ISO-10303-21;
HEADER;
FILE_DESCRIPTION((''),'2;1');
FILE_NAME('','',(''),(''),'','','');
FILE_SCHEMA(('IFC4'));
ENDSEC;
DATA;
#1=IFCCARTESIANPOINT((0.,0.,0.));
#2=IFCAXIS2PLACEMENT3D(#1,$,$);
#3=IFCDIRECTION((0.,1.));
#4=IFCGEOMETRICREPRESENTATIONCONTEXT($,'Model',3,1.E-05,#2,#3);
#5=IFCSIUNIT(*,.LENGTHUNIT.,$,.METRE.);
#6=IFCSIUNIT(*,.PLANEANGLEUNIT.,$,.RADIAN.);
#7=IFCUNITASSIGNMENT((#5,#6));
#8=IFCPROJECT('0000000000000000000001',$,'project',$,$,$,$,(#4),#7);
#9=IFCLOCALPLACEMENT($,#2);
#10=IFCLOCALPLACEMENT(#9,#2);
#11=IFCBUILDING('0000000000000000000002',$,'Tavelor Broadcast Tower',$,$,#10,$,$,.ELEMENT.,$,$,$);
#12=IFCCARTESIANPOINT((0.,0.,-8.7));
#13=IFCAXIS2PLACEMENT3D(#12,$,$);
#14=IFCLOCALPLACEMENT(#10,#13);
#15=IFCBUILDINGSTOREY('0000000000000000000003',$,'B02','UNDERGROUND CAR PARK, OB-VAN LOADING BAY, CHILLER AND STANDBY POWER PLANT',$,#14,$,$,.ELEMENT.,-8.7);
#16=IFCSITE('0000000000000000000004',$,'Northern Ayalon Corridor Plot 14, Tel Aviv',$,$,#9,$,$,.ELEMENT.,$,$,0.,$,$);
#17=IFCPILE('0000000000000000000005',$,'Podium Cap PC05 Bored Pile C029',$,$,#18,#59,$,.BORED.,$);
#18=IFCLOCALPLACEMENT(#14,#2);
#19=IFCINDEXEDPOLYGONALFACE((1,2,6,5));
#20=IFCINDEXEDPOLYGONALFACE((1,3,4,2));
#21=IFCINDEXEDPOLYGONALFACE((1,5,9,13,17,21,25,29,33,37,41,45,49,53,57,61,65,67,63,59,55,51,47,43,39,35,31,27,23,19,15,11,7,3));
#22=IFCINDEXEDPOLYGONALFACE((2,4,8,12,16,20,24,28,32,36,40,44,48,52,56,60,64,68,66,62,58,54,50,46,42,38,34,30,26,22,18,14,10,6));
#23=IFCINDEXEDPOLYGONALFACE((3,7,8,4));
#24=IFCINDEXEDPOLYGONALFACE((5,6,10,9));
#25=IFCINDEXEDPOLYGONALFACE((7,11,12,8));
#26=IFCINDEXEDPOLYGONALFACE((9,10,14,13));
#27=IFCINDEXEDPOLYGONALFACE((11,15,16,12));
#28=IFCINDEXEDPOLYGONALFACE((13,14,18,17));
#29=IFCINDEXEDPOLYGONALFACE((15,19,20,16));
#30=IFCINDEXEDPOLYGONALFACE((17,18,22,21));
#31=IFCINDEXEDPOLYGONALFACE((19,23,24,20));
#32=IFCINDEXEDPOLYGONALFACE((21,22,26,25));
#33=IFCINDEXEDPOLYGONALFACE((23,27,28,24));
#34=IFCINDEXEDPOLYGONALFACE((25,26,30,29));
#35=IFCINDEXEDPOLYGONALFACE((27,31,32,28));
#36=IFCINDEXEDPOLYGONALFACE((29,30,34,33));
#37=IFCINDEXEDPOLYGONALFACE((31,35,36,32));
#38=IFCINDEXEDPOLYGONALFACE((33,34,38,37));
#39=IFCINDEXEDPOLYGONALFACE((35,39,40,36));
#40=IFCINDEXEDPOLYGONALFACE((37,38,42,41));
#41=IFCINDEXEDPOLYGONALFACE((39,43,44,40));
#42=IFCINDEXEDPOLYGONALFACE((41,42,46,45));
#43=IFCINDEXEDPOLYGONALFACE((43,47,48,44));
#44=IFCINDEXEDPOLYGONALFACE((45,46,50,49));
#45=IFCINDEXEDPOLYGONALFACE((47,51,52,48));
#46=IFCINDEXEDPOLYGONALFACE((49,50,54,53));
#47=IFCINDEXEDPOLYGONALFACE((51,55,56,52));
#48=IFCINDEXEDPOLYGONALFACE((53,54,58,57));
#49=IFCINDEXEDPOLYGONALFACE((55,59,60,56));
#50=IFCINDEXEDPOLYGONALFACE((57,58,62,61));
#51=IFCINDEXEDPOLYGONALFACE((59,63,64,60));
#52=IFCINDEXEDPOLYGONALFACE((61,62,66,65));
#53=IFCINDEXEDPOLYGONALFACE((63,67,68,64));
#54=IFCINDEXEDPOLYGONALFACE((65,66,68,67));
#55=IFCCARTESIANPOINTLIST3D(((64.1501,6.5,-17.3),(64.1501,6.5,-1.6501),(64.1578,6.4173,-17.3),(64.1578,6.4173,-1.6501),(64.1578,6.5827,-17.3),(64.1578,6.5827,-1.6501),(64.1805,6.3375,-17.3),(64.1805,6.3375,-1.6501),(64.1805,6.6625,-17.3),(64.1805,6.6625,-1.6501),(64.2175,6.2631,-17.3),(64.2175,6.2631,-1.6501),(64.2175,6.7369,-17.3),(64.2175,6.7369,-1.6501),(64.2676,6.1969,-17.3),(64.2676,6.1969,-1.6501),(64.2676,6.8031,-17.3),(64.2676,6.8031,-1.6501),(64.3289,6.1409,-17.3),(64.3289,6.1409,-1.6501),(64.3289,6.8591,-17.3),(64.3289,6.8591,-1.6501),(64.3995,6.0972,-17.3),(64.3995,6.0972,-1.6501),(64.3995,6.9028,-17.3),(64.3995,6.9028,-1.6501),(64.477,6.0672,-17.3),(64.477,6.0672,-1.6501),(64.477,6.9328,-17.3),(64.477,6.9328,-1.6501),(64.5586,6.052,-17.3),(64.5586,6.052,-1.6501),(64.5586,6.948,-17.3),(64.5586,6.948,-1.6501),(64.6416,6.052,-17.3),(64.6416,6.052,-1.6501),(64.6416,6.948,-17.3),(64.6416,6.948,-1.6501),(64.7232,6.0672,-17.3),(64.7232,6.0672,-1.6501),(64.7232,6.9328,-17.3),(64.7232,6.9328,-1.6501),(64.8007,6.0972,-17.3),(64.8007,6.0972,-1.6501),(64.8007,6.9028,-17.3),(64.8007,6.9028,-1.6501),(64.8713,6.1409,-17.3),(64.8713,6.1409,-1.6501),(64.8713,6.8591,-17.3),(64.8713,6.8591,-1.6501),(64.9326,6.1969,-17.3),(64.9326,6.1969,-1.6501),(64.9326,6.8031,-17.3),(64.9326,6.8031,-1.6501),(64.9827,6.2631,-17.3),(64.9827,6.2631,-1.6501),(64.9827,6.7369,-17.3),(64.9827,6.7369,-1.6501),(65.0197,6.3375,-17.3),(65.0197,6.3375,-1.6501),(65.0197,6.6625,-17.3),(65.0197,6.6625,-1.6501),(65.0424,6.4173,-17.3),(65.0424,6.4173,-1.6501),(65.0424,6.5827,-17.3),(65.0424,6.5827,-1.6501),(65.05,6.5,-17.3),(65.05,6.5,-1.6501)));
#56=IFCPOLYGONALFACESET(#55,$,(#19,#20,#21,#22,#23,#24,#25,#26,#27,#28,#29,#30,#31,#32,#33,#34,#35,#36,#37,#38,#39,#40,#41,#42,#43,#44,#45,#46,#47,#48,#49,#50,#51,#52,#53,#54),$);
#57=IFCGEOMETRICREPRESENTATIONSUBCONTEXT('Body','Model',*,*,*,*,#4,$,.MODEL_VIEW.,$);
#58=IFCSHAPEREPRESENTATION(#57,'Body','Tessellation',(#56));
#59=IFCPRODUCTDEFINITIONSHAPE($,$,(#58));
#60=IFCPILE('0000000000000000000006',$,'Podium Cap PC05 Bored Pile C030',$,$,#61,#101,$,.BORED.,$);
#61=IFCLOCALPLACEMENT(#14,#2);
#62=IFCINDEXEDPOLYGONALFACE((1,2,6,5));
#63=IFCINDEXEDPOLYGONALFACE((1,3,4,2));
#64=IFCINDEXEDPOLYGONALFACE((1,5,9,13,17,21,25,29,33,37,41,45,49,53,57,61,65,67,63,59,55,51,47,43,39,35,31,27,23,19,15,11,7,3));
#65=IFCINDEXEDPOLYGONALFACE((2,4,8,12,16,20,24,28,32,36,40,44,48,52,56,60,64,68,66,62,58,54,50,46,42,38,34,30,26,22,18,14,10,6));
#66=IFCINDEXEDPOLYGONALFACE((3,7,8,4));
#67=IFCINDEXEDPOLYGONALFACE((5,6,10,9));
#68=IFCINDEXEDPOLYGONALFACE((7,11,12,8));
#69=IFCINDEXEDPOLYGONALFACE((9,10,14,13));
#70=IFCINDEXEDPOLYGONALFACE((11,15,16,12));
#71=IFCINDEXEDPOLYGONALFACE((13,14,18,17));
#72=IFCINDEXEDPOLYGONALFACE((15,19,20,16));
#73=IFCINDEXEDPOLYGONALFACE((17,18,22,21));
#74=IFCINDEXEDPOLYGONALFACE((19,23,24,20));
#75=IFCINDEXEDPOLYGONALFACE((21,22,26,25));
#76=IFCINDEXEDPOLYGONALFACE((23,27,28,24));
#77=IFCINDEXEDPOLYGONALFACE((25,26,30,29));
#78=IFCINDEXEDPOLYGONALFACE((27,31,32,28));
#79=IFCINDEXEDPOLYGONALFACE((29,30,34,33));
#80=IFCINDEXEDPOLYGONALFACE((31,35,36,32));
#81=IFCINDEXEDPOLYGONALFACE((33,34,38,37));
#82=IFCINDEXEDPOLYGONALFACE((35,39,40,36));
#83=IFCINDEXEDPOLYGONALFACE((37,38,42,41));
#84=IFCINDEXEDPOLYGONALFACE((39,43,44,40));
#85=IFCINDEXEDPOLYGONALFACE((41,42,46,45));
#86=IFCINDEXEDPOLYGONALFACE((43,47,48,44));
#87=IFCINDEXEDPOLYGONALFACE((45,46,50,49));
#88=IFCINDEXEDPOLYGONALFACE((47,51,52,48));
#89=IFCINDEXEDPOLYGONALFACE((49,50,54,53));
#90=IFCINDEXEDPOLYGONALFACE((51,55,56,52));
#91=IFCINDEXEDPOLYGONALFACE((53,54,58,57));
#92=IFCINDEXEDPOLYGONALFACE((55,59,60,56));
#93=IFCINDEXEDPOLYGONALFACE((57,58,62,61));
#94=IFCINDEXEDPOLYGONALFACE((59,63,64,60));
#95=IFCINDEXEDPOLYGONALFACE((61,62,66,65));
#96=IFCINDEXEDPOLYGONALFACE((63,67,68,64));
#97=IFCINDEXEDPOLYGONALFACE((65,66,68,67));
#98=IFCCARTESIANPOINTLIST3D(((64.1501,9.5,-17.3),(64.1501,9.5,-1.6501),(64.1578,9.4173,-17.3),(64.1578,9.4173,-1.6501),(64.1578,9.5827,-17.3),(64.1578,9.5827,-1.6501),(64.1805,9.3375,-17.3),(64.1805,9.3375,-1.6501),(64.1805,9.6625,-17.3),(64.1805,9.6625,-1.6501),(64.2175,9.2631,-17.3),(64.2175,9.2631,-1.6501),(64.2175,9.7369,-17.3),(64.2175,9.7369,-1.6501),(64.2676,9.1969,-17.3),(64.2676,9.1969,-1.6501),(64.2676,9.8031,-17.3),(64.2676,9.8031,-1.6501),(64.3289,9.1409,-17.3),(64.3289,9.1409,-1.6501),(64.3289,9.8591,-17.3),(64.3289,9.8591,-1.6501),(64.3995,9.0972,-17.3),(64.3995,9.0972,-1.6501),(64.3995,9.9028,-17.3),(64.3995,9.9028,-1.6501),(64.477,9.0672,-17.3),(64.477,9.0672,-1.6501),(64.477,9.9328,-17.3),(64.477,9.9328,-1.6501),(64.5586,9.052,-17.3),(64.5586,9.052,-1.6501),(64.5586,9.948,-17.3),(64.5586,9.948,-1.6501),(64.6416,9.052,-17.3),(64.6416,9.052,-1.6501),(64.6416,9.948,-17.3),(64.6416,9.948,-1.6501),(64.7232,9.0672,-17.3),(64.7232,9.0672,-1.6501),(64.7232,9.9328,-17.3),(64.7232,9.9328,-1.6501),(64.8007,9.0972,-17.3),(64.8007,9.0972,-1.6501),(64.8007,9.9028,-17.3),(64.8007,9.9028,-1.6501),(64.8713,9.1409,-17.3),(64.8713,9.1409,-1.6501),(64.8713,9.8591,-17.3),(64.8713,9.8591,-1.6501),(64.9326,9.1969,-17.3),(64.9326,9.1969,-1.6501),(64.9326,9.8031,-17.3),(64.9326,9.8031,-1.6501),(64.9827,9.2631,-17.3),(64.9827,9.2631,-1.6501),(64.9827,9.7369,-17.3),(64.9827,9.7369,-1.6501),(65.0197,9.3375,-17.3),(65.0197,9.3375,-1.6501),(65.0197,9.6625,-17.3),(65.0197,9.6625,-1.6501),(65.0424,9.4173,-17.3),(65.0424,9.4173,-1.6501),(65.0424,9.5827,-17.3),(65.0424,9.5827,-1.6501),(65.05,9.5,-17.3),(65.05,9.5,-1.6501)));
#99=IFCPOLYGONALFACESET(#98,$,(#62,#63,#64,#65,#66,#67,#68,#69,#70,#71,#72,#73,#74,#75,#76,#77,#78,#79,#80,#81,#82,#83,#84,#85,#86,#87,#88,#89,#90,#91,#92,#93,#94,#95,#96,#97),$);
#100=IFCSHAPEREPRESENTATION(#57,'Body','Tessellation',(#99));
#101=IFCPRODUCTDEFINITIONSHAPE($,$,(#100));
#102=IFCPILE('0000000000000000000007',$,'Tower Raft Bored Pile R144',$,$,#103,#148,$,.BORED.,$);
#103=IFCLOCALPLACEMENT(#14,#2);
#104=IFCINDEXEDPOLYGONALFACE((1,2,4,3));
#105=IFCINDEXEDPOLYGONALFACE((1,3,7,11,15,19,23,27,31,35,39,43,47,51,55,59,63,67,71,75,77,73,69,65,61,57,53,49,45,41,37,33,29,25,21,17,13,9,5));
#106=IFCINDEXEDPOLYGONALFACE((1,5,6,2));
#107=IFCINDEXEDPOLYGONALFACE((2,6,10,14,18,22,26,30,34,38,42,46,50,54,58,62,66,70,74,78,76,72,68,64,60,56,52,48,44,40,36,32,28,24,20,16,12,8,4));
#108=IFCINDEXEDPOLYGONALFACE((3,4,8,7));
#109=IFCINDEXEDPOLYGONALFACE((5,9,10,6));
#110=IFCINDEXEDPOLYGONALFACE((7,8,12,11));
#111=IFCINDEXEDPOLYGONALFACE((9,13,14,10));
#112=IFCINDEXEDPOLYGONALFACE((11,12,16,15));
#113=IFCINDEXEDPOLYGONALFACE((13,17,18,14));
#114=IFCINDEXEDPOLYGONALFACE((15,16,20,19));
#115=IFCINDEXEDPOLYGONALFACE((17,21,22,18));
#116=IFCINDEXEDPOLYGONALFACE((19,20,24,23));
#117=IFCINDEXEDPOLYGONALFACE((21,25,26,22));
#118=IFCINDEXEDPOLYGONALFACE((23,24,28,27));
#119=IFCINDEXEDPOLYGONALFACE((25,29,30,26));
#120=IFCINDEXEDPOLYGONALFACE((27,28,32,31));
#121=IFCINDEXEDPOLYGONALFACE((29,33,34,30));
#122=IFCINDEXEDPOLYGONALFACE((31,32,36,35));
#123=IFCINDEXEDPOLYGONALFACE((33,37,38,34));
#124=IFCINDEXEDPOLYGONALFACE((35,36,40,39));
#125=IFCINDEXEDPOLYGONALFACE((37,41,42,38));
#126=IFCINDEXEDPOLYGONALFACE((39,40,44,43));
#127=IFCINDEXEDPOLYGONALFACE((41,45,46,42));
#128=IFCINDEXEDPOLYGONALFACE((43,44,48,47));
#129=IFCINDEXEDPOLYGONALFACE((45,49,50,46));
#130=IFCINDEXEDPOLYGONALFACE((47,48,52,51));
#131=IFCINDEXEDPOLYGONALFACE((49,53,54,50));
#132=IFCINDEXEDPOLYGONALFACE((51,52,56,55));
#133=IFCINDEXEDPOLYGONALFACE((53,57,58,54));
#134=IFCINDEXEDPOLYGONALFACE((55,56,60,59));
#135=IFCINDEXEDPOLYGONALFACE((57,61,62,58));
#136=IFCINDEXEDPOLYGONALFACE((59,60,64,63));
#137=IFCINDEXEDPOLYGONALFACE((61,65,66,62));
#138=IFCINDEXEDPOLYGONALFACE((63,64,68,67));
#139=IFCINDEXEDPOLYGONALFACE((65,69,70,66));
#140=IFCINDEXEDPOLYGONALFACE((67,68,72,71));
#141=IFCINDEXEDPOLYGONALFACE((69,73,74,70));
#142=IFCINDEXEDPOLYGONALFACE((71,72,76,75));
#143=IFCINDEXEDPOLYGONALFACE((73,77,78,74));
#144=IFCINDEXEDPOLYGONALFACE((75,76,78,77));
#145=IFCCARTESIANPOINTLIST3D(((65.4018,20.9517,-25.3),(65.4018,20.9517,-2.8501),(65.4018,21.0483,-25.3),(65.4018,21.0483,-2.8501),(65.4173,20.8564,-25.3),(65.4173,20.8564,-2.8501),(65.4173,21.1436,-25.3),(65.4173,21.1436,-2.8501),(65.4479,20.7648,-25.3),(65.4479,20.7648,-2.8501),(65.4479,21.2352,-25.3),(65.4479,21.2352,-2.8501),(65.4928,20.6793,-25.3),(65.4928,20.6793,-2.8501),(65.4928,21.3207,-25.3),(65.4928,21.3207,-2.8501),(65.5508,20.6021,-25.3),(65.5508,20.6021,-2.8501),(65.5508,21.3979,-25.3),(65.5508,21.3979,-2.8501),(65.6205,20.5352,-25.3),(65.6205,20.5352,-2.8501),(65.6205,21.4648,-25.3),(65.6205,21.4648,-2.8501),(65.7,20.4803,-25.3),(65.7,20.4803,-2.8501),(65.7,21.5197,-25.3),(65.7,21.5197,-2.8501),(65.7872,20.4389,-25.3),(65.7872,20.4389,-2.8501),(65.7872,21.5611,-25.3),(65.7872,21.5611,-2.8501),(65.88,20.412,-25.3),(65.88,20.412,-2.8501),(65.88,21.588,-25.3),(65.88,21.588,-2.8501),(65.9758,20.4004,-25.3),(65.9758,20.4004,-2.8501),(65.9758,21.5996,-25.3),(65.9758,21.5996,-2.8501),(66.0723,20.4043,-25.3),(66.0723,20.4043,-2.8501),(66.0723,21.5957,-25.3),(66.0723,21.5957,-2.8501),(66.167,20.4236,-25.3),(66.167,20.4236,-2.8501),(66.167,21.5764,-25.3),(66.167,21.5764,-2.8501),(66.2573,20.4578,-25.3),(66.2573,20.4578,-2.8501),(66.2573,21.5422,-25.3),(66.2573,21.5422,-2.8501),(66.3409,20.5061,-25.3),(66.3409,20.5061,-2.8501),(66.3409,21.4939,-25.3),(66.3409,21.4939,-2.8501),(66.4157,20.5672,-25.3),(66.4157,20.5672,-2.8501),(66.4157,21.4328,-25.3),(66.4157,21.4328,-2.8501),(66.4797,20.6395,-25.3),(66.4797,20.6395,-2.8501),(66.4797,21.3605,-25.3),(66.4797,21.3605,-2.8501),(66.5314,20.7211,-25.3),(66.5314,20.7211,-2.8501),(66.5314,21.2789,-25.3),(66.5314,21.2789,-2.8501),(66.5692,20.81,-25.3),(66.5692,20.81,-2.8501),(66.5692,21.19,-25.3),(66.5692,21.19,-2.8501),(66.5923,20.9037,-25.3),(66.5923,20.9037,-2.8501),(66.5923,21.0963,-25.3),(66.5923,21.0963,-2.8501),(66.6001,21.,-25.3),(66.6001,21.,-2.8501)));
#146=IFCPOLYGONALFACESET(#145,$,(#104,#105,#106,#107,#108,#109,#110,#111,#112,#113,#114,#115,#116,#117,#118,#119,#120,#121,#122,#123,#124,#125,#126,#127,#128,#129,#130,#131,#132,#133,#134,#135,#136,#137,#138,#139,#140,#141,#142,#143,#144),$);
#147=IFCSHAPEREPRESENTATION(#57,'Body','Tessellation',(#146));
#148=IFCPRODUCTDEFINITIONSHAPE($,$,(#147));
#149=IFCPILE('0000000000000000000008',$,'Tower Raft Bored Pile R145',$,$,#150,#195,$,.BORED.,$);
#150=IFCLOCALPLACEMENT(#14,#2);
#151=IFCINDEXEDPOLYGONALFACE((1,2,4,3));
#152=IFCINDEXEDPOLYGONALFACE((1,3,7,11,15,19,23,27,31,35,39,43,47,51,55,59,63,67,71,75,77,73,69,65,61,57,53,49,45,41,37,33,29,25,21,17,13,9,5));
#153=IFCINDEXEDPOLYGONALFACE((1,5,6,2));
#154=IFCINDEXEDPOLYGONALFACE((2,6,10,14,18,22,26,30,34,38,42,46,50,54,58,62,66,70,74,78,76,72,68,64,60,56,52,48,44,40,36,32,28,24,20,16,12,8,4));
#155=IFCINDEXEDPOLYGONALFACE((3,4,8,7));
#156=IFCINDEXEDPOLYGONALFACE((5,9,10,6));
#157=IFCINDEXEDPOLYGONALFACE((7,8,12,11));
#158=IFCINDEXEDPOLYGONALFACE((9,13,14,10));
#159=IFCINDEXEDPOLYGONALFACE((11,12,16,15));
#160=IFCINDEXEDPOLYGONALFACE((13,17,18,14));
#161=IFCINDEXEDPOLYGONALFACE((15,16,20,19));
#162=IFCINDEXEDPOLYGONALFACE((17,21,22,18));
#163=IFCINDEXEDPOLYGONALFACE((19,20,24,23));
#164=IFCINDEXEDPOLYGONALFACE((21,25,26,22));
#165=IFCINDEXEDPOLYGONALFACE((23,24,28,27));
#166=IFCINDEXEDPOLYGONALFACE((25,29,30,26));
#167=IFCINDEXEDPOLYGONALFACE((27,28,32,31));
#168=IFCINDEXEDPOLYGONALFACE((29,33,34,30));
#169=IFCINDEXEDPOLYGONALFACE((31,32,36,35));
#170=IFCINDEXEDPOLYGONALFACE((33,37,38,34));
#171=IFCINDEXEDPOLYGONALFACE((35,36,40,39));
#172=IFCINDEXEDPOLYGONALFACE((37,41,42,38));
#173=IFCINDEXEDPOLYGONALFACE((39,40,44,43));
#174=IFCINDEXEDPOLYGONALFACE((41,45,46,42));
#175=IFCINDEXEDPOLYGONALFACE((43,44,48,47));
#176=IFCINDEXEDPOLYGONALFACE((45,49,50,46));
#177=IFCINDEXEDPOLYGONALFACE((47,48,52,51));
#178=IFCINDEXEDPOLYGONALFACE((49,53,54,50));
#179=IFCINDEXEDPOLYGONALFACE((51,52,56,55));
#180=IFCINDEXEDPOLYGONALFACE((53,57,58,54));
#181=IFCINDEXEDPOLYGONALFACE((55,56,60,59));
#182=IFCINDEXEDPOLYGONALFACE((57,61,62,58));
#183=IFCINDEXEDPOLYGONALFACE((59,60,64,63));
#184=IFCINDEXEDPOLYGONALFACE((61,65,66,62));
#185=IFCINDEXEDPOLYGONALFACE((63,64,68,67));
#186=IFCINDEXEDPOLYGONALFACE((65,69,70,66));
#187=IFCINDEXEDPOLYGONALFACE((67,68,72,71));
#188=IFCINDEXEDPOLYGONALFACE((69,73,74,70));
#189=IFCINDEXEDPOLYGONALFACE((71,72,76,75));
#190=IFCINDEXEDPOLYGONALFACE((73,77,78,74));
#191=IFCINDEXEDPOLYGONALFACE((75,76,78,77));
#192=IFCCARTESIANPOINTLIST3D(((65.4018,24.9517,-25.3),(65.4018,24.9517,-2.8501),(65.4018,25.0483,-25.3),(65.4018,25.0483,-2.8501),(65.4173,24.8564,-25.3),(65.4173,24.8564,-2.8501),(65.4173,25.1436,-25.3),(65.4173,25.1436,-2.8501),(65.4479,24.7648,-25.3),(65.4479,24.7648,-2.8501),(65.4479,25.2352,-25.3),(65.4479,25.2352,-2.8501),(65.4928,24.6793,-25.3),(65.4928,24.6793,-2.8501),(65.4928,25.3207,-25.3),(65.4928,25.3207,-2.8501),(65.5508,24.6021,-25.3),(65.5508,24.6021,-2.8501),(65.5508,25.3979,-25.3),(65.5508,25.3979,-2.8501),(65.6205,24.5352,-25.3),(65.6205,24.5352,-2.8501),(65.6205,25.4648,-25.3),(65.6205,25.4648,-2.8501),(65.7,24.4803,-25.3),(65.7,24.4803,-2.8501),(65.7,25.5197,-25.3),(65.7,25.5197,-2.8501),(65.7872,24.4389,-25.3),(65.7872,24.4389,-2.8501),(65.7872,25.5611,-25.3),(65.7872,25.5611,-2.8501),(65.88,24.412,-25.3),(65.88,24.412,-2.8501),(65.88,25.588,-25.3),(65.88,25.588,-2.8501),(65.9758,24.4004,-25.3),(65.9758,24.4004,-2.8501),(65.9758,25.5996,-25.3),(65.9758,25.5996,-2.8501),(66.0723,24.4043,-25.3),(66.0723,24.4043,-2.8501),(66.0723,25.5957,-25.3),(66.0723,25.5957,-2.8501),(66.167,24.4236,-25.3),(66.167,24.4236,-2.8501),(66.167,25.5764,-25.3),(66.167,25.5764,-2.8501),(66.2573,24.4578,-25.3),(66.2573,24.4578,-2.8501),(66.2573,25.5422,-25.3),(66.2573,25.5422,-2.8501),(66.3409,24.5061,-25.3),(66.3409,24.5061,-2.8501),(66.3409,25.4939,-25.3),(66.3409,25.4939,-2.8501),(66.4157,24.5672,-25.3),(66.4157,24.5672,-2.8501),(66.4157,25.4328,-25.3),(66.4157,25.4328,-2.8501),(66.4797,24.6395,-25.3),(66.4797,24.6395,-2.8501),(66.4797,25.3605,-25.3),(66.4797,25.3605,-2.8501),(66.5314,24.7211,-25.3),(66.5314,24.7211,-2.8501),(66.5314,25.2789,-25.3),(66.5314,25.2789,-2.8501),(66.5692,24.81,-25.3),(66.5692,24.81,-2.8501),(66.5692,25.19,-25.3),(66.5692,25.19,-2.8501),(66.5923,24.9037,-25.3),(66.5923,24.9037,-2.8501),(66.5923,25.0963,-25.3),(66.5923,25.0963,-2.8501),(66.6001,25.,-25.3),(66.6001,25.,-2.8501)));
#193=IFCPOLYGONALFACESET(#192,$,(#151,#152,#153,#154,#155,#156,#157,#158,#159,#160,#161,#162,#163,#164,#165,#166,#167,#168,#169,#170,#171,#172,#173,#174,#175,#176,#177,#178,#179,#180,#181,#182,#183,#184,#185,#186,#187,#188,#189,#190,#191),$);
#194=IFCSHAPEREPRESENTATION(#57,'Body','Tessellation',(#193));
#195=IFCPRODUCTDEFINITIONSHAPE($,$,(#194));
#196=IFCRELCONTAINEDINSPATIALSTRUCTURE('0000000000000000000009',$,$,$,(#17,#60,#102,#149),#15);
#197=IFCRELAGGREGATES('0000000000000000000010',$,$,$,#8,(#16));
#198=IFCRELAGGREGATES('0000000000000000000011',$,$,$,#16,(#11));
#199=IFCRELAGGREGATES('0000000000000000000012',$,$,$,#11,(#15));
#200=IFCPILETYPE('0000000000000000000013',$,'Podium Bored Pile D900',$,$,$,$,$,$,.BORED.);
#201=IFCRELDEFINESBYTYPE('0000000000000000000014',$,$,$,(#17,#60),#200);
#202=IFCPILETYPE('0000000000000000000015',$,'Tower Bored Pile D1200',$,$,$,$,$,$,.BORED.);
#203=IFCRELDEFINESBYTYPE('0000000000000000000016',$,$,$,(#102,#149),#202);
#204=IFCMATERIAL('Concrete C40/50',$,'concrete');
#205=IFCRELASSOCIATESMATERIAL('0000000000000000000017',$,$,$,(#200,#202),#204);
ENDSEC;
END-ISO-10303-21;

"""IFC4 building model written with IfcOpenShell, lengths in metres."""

from ifc_helpers import new_model, si_unit, direction, frame, origin, origin_2d, place, context, subcontext, project, spatial, circle, extrude, material, material_profile, profile_set, type_object, element, save


model = new_model("IFC4")

# Units and contexts
model_context = context("Model", 3, precision=1e-05, world=origin(), true_north=direction((0.0, 1.0)))
body_context = subcontext(model_context, "Body", "Model", "MODEL_VIEW")
ifc_project = project(units=[si_unit("LENGTHUNIT", "METRE"), si_unit("PLANEANGLEUNIT", "RADIAN")], contexts=[model_context])

# Site, building, storey
site_placement = place(None, origin())
site = spatial("IfcSite", under=ifc_project, at=site_placement, Name="Northern Ayalon Corridor Plot 14, Tel Aviv", CompositionType="ELEMENT", RefElevation=0.0)
building_placement = place(site_placement, origin())
building = spatial("IfcBuilding", under=site, at=building_placement, Name="Tavelor Broadcast Tower", CompositionType="ELEMENT")
storey_placement = place(building_placement, frame((0.0, 0.0, -8.7)))
storey = spatial("IfcBuildingStorey", under=building, at=storey_placement, Name="B02", Description="UNDERGROUND CAR PARK, OB-VAN LOADING BAY, CHILLER AND STANDBY POWER PLANT", CompositionType="ELEMENT", Elevation=-8.7)

# Shared definitions
ifc_material_1 = material(Name="Concrete C40/50", Category="concrete")

# Piles
ifc_material_profile_1 = material_profile(ifc_material_1, circle(Radius=0.45, at=origin_2d()), Name="PILE D900")
ifc_profile_set_1 = profile_set([ifc_material_profile_1], Name="Concrete C40/50")
pile_type_1 = type_object("IfcPileType", Name="Podium Bored Pile D900", PredefinedType="BORED", material=ifc_profile_set_1)
for number, where, z_axis, x_axis, name in (
    (1, (64.6001, 6.5, -1.6501), (0.0, 0.0, -1.0), (1.0, 0.0, 0.0), "Podium Cap PC05 Bored Pile C029"),
    (2, (64.6001, 9.5, -1.6501), (0.0, 0.0, -1.0), (1.0, 0.0, 0.0), "Podium Cap PC05 Bored Pile C030"),
):
    element("IfcPile", number, at=place(storey_placement, frame(where, z_axis=z_axis, x_axis=x_axis)), inside=storey, type_object=pile_type_1, Name=name, PredefinedType="BORED", context=body_context, shape_type="SweptSolid", body=[
        extrude(circle(Radius=0.45, at=origin_2d()), origin(), (0.0, 0.0, 1.0), 15.6499),
    ])
ifc_material_profile_2 = material_profile(ifc_material_1, circle(Radius=0.6001, at=origin_2d()), Name="PILE D1200")
ifc_profile_set_2 = profile_set([ifc_material_profile_2], Name="Concrete C40/50")
pile_type_2 = type_object("IfcPileType", Name="Tower Bored Pile D1200", PredefinedType="BORED", material=ifc_profile_set_2)
for number, where, z_axis, x_axis, name in (
    (3, (66.0, 21.0, -2.8501), (0.0, 0.0, -1.0), (1.0, 0.0, 0.0), "Tower Raft Bored Pile R144"),
    (4, (66.0, 25.0, -2.8501), (0.0, 0.0, -1.0), (1.0, 0.0, 0.0), "Tower Raft Bored Pile R145"),
):
    element("IfcPile", number, at=place(storey_placement, frame(where, z_axis=z_axis, x_axis=x_axis)), inside=storey, type_object=pile_type_2, Name=name, PredefinedType="BORED", context=body_context, shape_type="SweptSolid", body=[
        extrude(circle(Radius=0.6001, at=origin_2d()), origin(), (0.0, 0.0, 1.0), 22.45),
    ])

save(model, "model.ifc")
